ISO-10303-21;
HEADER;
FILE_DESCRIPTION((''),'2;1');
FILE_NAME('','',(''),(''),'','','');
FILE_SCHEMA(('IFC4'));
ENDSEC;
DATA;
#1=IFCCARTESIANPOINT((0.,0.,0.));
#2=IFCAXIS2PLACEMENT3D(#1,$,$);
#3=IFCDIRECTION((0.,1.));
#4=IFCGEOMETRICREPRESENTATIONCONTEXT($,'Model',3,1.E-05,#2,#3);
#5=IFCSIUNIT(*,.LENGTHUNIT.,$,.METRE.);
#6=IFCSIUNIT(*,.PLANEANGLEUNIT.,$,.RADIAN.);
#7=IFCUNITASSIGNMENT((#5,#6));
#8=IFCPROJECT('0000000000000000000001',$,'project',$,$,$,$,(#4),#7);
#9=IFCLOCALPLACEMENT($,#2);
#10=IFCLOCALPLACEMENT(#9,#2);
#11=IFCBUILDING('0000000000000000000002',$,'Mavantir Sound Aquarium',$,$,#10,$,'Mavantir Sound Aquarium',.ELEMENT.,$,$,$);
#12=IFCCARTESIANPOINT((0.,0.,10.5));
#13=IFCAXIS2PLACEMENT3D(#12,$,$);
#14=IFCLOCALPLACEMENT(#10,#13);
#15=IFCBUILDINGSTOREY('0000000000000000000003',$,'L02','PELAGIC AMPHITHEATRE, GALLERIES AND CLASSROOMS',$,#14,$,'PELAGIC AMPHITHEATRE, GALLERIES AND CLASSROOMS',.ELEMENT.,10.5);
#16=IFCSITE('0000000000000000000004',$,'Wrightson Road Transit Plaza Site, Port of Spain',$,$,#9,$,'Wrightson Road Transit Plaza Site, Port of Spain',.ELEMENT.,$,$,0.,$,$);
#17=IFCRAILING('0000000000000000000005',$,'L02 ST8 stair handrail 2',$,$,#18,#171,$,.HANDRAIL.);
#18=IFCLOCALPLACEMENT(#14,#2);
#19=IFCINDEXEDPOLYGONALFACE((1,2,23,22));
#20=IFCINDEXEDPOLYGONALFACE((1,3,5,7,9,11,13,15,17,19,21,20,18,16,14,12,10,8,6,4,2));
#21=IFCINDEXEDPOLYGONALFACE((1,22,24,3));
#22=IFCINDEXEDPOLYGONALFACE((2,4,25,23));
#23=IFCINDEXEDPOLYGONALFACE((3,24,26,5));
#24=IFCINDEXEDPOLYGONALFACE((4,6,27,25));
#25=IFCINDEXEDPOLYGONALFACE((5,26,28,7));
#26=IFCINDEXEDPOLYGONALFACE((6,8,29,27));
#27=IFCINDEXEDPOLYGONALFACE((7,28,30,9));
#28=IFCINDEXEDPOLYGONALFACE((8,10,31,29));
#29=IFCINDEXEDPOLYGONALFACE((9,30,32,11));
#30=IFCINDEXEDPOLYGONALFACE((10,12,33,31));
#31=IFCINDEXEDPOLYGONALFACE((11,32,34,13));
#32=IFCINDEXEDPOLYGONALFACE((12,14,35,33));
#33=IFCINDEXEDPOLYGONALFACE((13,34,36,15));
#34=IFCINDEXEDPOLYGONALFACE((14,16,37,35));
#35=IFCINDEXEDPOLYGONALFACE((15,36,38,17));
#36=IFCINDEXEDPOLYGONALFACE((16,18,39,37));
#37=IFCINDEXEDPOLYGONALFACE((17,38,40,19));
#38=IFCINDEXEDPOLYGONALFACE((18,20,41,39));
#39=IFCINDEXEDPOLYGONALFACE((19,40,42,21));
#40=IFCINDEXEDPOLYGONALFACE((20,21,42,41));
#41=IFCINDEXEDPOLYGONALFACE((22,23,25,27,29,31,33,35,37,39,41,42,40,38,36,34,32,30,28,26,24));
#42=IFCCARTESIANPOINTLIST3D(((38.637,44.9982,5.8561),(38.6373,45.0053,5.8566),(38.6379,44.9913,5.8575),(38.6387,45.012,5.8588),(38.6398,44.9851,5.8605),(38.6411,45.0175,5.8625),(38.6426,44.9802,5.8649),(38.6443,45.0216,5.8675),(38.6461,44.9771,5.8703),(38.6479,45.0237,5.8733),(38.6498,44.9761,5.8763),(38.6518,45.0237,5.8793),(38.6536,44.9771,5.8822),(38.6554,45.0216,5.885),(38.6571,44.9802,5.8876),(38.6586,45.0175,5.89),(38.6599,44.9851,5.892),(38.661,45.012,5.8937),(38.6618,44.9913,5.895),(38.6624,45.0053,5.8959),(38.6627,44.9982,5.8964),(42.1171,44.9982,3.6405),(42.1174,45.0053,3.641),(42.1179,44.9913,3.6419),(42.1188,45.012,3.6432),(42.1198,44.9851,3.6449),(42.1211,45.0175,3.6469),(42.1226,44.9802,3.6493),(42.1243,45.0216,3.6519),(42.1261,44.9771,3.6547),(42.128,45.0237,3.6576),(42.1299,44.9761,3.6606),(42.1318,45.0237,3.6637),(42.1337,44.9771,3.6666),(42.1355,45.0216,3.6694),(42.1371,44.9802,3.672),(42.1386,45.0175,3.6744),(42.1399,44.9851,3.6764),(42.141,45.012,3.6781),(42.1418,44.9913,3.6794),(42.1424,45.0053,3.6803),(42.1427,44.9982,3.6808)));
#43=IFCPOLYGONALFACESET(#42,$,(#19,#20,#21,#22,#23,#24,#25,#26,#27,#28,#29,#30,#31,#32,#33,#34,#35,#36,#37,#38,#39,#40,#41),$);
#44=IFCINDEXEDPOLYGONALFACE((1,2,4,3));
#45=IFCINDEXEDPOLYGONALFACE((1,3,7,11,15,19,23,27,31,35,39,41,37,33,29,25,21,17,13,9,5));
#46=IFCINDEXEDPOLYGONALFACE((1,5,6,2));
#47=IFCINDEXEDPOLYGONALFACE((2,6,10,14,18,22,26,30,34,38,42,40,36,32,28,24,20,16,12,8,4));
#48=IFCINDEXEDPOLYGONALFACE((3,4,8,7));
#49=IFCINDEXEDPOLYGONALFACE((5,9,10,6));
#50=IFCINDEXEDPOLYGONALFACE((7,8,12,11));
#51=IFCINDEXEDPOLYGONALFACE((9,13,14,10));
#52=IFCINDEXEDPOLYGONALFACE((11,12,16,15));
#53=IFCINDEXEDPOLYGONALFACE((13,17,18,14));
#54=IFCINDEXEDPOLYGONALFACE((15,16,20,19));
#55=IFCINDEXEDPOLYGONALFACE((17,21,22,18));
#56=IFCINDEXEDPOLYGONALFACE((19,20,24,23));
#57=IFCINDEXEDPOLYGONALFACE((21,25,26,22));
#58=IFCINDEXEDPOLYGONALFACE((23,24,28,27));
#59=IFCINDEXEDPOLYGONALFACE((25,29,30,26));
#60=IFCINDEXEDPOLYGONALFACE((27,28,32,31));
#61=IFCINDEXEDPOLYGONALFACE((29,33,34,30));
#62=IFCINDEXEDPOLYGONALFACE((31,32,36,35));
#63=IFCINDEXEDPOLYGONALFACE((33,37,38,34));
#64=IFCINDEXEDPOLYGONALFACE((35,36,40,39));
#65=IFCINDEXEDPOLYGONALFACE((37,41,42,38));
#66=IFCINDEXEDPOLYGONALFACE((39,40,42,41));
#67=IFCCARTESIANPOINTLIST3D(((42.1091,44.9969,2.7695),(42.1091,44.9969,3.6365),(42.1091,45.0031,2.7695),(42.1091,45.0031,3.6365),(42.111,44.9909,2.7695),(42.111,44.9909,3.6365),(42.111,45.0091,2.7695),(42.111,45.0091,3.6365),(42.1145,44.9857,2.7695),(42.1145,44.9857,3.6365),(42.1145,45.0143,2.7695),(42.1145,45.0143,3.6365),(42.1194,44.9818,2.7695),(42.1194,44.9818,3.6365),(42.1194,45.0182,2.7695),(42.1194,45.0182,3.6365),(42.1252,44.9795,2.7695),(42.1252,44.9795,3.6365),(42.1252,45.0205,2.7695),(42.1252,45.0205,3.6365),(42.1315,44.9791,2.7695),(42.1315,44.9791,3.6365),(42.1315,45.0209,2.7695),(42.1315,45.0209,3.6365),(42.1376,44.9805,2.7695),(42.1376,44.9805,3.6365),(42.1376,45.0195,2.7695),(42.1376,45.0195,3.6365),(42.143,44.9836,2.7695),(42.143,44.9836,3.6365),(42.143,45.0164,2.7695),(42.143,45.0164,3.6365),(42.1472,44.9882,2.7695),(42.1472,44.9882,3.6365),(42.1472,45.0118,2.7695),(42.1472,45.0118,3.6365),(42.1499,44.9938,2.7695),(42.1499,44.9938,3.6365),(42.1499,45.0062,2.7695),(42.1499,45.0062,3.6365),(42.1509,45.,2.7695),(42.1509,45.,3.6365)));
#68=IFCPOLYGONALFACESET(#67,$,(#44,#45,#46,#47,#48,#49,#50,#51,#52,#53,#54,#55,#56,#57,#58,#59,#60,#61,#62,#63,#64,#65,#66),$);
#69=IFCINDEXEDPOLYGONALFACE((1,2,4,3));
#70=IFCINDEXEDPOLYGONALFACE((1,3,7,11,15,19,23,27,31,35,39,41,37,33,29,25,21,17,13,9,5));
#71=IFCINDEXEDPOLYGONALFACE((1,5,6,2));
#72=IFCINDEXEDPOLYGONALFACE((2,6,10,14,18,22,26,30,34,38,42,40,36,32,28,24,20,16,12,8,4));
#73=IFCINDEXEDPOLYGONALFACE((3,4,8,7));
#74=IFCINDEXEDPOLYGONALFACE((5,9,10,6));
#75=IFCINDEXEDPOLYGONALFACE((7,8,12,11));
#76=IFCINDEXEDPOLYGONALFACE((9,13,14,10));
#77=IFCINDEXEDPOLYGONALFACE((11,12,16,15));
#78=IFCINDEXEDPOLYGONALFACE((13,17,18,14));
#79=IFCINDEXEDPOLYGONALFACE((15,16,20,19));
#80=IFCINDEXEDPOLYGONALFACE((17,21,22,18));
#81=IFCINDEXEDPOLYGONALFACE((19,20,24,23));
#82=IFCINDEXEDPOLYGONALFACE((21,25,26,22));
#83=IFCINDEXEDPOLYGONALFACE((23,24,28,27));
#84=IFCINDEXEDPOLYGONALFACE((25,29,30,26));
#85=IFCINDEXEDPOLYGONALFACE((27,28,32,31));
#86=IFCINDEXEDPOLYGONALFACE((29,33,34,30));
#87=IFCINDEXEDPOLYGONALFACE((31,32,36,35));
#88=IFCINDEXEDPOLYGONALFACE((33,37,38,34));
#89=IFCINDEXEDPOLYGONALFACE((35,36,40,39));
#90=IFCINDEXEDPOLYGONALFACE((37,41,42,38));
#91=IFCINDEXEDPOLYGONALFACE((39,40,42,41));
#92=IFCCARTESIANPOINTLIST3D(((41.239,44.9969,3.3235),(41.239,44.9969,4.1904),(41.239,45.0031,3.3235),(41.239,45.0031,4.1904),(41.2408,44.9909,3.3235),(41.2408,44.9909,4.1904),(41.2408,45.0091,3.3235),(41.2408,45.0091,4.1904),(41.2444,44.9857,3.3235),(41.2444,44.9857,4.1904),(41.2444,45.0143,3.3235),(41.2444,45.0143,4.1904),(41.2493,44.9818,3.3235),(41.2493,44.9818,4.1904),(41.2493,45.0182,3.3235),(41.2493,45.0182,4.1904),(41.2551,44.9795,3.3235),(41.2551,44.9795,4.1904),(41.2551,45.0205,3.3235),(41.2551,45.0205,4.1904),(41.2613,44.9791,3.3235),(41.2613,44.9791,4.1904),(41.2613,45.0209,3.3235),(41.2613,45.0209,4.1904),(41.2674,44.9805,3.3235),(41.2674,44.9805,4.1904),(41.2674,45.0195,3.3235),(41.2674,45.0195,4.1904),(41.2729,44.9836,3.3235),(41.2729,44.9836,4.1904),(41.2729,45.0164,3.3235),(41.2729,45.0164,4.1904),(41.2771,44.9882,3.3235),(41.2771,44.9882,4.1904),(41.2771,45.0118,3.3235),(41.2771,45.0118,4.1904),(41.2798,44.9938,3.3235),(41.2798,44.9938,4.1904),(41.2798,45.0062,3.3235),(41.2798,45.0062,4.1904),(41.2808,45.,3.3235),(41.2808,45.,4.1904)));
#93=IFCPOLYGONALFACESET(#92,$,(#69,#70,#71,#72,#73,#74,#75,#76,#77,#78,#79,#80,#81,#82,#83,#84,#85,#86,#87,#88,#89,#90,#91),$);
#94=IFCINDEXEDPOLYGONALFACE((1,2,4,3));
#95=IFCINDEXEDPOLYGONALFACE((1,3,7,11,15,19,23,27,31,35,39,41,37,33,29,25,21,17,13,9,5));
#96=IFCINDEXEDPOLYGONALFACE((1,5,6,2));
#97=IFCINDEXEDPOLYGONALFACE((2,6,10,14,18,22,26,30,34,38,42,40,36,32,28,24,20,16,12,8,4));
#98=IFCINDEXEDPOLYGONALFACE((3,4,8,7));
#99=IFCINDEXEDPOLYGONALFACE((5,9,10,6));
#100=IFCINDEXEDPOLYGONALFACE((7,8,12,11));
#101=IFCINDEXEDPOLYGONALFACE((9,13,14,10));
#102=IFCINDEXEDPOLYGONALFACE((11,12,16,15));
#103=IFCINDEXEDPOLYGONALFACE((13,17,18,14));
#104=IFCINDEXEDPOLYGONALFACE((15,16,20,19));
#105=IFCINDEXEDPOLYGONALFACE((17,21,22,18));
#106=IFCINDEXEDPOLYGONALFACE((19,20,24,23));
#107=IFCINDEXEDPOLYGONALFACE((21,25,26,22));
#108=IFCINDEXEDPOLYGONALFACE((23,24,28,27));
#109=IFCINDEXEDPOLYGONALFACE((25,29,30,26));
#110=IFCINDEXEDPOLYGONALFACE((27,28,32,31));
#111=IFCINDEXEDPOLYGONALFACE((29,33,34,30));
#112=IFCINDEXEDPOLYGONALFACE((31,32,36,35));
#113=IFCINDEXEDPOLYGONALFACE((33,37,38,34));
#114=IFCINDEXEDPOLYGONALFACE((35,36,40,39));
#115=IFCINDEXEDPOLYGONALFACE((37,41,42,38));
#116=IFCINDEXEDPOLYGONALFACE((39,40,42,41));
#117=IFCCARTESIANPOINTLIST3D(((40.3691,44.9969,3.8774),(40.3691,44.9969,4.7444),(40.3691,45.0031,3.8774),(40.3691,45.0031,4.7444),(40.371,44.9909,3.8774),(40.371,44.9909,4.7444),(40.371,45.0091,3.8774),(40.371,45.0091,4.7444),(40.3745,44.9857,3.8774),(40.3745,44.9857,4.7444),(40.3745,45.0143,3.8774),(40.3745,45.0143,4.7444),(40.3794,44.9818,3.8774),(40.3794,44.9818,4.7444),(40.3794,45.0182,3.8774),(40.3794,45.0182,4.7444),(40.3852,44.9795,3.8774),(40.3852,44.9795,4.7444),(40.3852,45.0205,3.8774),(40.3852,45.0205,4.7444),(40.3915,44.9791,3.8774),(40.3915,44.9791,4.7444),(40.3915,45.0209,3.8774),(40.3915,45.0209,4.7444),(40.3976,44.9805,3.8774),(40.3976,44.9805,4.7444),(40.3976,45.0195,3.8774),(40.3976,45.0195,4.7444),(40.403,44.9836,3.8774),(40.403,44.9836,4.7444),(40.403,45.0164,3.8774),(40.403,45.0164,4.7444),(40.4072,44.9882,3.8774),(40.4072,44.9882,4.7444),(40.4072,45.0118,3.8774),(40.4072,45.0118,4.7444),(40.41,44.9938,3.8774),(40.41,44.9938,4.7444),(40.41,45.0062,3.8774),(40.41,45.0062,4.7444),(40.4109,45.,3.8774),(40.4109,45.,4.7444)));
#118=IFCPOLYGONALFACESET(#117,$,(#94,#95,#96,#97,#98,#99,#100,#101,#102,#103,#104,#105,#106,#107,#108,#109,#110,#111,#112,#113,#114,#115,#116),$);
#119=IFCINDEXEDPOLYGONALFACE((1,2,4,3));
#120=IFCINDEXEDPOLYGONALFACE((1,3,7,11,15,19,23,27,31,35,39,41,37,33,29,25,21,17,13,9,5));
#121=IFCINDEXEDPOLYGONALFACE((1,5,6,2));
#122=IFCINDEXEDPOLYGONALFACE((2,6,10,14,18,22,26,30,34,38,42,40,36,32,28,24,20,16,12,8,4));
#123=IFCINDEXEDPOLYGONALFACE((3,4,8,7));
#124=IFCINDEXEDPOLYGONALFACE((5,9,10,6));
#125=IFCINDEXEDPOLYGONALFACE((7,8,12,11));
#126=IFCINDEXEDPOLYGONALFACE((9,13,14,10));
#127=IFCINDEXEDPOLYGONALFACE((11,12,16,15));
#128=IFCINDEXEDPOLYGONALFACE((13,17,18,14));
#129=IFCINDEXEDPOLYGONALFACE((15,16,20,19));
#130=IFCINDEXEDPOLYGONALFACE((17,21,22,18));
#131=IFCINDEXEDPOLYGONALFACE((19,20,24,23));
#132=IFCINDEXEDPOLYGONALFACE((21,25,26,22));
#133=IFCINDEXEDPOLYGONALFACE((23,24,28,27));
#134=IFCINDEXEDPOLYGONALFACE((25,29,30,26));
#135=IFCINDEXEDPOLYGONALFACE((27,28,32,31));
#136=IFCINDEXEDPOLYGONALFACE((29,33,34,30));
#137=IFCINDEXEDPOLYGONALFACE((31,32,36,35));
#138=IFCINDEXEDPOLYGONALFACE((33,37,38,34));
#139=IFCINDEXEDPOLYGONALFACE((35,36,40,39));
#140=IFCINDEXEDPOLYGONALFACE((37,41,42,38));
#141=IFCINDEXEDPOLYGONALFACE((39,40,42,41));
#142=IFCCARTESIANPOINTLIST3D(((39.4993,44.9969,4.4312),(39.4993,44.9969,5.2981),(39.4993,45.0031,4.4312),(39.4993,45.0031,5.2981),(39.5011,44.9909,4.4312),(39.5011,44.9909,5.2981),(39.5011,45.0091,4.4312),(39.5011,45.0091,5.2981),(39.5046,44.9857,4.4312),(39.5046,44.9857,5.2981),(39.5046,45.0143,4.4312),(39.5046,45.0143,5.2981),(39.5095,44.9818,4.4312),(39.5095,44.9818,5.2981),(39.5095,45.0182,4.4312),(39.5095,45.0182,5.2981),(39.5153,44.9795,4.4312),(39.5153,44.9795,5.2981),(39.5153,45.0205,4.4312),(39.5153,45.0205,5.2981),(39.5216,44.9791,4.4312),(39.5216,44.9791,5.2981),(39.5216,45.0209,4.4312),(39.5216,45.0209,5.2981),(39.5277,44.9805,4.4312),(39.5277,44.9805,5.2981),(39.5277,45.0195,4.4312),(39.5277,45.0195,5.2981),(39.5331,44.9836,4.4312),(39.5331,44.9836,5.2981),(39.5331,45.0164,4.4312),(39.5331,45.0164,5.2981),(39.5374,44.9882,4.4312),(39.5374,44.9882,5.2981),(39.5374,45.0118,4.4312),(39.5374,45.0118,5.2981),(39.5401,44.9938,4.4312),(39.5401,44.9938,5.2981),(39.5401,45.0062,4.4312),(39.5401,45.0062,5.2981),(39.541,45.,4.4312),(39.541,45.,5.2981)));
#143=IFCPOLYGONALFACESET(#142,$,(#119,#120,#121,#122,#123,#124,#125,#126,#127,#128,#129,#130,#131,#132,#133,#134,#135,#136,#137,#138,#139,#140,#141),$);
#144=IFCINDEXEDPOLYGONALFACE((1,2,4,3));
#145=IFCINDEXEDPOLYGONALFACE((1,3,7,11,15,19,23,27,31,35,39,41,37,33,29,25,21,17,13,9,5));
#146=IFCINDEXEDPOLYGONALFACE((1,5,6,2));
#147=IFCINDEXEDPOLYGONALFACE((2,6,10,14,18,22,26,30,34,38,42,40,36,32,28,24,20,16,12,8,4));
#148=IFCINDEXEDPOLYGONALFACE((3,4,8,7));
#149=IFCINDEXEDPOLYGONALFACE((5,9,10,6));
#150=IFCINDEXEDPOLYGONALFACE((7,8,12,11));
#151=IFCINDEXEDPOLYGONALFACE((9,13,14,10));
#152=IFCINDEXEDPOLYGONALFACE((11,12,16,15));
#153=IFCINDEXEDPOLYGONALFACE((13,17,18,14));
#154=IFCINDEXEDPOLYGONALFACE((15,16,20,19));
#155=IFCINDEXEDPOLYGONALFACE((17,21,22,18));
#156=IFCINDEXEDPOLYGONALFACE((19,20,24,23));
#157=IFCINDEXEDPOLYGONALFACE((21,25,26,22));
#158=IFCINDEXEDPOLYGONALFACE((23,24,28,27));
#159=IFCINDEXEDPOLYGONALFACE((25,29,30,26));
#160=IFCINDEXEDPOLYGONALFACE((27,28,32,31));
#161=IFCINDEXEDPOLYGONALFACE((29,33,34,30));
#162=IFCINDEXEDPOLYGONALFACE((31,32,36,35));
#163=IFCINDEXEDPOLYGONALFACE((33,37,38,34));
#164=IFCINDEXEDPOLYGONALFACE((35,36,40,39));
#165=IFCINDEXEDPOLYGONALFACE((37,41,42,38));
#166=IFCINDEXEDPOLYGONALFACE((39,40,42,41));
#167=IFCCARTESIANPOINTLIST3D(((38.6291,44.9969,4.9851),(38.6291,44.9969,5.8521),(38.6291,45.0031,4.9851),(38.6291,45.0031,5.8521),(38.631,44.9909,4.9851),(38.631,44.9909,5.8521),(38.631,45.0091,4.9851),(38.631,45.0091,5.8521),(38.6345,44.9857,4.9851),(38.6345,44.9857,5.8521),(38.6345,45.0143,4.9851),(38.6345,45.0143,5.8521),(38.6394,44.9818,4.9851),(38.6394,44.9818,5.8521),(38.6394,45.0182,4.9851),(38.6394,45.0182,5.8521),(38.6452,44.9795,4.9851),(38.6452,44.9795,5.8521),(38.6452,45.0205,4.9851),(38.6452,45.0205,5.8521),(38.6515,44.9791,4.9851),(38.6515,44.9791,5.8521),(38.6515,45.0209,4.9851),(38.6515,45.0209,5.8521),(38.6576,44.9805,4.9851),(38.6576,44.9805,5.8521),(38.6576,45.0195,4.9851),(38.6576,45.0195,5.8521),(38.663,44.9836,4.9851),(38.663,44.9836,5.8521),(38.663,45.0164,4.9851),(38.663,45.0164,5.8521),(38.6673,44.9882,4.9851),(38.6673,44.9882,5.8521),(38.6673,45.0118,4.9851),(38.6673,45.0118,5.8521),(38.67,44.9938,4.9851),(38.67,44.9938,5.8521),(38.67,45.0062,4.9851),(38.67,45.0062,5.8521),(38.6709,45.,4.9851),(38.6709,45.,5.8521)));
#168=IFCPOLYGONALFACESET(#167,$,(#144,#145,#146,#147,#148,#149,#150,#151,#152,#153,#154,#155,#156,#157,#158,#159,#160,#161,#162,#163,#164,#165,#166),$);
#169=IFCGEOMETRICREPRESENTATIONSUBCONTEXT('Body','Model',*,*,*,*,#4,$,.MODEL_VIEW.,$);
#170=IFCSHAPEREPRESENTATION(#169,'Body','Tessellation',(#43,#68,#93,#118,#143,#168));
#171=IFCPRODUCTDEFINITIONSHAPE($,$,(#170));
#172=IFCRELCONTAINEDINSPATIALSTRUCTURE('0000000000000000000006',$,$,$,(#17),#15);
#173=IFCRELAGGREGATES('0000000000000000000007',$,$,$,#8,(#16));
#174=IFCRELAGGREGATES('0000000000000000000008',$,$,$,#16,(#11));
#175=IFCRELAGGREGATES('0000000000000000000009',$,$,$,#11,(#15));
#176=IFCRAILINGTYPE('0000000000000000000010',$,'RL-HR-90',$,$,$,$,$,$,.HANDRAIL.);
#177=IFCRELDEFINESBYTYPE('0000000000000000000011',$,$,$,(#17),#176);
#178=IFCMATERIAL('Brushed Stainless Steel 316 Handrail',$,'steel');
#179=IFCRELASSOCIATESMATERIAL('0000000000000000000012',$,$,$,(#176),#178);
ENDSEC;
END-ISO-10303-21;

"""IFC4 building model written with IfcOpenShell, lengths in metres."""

from ifc_helpers import new_model, si_unit, direction, frame, origin, origin_2d, place, context, subcontext, project, spatial, circle, extrude, material, type_object, element, save


model = new_model("IFC4")

# Units and contexts
model_context = context("Model", 3, precision=1e-05, world=origin(), true_north=direction((0.0, 1.0)))
body_context = subcontext(model_context, "Body", "Model", "MODEL_VIEW")
ifc_project = project(units=[si_unit("LENGTHUNIT", "METRE"), si_unit("PLANEANGLEUNIT", "RADIAN")], contexts=[model_context])

# Site, building, storey
site_placement = place(None, origin())
site = spatial("IfcSite", under=ifc_project, at=site_placement, Name="Wrightson Road Transit Plaza Site, Port of Spain", LongName="Wrightson Road Transit Plaza Site, Port of Spain", CompositionType="ELEMENT", RefElevation=0.0)
building_placement = place(site_placement, origin())
building = spatial("IfcBuilding", under=site, at=building_placement, Name="Mavantir Sound Aquarium", LongName="Mavantir Sound Aquarium", CompositionType="ELEMENT")
storey_placement = place(building_placement, frame((0.0, 0.0, 10.5)))
storey = spatial("IfcBuildingStorey", under=building, at=storey_placement, Name="L02", Description="PELAGIC AMPHITHEATRE, GALLERIES AND CLASSROOMS", LongName="PELAGIC AMPHITHEATRE, GALLERIES AND CLASSROOMS", CompositionType="ELEMENT", Elevation=10.5)

# Railing
ifc_material_1 = material(Name="Brushed Stainless Steel 316 Handrail", Category="steel")
railing_type_1 = type_object("IfcRailingType", Name="RL-HR-90", PredefinedType="HANDRAIL", material=ifc_material_1)
railing_1_placement = place(storey_placement, frame((42.1299, 45.0, 2.7695)))
element("IfcRailing", 1, at=railing_1_placement, inside=storey, type_object=railing_type_1, Name="L02 ST8 stair handrail 2", PredefinedType="HANDRAIL", context=body_context, shape_type="SweptSolid", body=[
    extrude(circle(Radius=0.0239, at=origin_2d()), frame((0.0, 0.0, 0.8911), z_axis=(-0.843547, 0.0, 0.537055), x_axis=(0.0, -1.0, 0.0)), (0.0, 0.0, 1.0), 4.1255),
    extrude(circle(Radius=0.021, at=origin_2d()), origin(), (0.0, 0.0, 1.0), 0.8669),
    extrude(circle(Radius=0.021, at=origin_2d()), frame((-0.8701, 0.0, 0.554)), (0.0, 0.0, 1.0), 0.8669),
    extrude(circle(Radius=0.021, at=origin_2d()), frame((-1.74, 0.0, 1.1079)), (0.0, 0.0, 1.0), 0.8669),
    extrude(circle(Radius=0.021, at=origin_2d()), frame((-2.6099, 0.0, 1.6616)), (0.0, 0.0, 1.0), 0.8669),
    extrude(circle(Radius=0.021, at=origin_2d()), frame((-3.48, 0.0, 2.2156)), (0.0, 0.0, 1.0), 0.8669),
])

save(model, "model.ifc")
